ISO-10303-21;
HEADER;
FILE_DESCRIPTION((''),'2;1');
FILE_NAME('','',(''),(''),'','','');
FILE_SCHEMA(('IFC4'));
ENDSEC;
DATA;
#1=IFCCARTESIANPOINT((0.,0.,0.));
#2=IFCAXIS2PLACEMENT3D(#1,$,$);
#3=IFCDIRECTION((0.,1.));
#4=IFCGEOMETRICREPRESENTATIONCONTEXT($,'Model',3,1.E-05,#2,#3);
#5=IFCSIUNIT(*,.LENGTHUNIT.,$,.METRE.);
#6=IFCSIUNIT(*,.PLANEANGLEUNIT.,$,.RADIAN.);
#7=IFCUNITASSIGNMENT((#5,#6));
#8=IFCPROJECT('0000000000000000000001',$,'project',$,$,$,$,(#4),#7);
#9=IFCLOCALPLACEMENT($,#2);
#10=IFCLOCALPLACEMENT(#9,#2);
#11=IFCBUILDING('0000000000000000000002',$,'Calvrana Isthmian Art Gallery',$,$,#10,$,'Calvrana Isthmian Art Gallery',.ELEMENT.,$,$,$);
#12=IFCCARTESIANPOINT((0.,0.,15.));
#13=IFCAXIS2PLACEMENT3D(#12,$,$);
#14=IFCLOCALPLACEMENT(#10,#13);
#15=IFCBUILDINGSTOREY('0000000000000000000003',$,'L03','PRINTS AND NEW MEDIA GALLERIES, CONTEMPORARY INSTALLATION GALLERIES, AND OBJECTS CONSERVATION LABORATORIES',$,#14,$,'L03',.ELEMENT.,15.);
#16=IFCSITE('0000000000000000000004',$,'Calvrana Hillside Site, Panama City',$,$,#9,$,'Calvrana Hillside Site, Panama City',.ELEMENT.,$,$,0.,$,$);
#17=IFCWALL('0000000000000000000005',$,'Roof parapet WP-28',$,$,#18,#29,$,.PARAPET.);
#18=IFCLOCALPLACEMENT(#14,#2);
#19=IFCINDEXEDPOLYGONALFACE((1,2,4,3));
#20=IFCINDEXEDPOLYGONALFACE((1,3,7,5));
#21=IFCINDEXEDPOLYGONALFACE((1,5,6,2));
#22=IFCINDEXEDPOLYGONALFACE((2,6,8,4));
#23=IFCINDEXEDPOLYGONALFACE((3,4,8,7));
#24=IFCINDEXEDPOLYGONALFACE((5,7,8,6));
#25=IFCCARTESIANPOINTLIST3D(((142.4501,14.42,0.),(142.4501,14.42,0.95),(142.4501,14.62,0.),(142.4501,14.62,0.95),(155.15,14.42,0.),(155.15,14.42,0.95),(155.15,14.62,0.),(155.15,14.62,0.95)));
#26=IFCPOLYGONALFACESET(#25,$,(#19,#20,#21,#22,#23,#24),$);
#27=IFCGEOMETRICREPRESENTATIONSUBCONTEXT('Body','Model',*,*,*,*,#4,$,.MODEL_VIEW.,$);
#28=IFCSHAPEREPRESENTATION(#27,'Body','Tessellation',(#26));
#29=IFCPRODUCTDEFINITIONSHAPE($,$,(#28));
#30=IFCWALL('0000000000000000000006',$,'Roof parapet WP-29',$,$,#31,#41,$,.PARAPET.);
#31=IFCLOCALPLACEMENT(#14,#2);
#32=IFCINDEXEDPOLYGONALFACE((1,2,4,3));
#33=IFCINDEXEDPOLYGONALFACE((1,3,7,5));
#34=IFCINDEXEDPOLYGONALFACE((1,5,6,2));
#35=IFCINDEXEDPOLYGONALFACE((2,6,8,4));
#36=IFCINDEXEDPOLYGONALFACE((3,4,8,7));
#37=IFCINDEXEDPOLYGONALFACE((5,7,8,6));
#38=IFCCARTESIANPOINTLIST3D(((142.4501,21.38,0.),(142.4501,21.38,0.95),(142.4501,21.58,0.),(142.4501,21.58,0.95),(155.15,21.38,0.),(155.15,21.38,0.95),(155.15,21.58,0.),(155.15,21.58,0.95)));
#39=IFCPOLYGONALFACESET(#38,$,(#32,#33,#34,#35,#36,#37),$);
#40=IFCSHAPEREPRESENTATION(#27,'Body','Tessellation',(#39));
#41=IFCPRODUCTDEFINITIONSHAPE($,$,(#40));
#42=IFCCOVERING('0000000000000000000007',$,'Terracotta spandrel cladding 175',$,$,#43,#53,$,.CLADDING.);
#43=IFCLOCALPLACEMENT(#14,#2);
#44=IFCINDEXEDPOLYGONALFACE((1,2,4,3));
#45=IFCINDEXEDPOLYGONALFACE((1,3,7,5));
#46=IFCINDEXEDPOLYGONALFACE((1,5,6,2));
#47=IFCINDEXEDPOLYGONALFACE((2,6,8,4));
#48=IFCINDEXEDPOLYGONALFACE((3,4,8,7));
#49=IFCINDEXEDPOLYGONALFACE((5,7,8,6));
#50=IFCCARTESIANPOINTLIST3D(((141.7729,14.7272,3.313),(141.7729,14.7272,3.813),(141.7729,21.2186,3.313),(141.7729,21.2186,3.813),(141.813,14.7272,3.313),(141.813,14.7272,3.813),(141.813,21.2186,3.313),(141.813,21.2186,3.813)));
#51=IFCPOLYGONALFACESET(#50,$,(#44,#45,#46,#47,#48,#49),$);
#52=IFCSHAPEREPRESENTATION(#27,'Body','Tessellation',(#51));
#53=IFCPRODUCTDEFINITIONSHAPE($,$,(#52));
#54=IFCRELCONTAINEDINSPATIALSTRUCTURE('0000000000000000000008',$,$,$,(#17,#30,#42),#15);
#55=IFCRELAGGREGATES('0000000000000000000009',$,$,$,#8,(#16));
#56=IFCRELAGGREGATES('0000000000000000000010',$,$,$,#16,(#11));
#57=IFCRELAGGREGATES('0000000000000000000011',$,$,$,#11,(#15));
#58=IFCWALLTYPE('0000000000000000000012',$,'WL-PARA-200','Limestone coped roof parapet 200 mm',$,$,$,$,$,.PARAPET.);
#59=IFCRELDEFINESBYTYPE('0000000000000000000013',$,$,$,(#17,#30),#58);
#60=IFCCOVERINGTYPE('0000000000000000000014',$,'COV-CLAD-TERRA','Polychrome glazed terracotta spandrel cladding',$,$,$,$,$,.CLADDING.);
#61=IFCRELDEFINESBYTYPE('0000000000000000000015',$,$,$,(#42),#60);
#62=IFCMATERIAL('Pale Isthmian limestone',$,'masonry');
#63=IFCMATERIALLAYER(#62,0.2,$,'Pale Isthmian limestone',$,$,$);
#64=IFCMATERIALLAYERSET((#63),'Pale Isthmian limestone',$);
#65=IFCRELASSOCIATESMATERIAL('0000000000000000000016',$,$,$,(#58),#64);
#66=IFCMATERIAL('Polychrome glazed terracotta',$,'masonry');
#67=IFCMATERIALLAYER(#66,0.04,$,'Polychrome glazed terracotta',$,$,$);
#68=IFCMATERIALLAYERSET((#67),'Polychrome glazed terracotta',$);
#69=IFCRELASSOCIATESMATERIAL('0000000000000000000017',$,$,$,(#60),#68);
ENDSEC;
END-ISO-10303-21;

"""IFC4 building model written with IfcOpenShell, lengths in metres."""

from ifc_helpers import new_model, si_unit, direction, frame, frame_2d, origin, origin_2d, place, context, subcontext, project, spatial, rectangle, extrude, material, layer, layer_set, type_object, element, save


model = new_model("IFC4")

# Units and contexts
model_context = context("Model", 3, precision=1e-05, world=origin(), true_north=direction((0.0, 1.0)))
body_context = subcontext(model_context, "Body", "Model", "MODEL_VIEW")
ifc_project = project(units=[si_unit("LENGTHUNIT", "METRE"), si_unit("PLANEANGLEUNIT", "RADIAN")], contexts=[model_context])

# Site, building, storey
site_placement = place(None, origin())
site = spatial("IfcSite", under=ifc_project, at=site_placement, Name="Calvrana Hillside Site, Panama City", LongName="Calvrana Hillside Site, Panama City", CompositionType="ELEMENT", RefElevation=0.0)
building_placement = place(site_placement, origin())
building = spatial("IfcBuilding", under=site, at=building_placement, Name="Calvrana Isthmian Art Gallery", LongName="Calvrana Isthmian Art Gallery", CompositionType="ELEMENT")
storey_placement = place(building_placement, frame((0.0, 0.0, 15.0)))
storey = spatial("IfcBuildingStorey", under=building, at=storey_placement, Name="L03", Description="PRINTS AND NEW MEDIA GALLERIES, CONTEMPORARY INSTALLATION GALLERIES, AND OBJECTS CONSERVATION LABORATORIES", LongName="L03", CompositionType="ELEMENT", Elevation=15.0)

# Walls
ifc_material_1 = material(Name="Pale Isthmian limestone", Category="masonry")
ifc_layer_1 = layer(ifc_material_1, 0.2, Name="Pale Isthmian limestone")
ifc_layer_set_1 = layer_set([ifc_layer_1], Name="Pale Isthmian limestone")
wall_type_1 = type_object("IfcWallType", Name="WL-PARA-200", Description="Limestone coped roof parapet 200 mm", PredefinedType="PARAPET", material=ifc_layer_set_1)
for number, where, z_axis, x_axis, name in (
    (1, (142.45, 14.52, 0.0), (0.0, 0.0, 1.0), (1.0, 0.0, 0.0), "Roof parapet WP-28"),
    (2, (142.45, 21.48, 0.0), (0.0, 0.0, 1.0), (1.0, 0.0, 0.0), "Roof parapet WP-29"),
):
    element("IfcWall", number, at=place(storey_placement, frame(where, z_axis=z_axis, x_axis=x_axis)), inside=storey, type_object=wall_type_1, Name=name, PredefinedType="PARAPET", context=body_context, shape_type="SweptSolid", body=[
        extrude(rectangle(XDim=12.7, YDim=0.2, at=frame_2d((6.3501, 0.0))), origin(), (0.0, 0.0, 1.0), 0.95),
    ])

# Covering
ifc_material_2 = material(Name="Polychrome glazed terracotta", Category="masonry")
ifc_layer_2 = layer(ifc_material_2, 0.04, Name="Polychrome glazed terracotta")
ifc_layer_set_2 = layer_set([ifc_layer_2], Name="Polychrome glazed terracotta")
covering_type = type_object("IfcCoveringType", Name="COV-CLAD-TERRA", Description="Polychrome glazed terracotta spandrel cladding", PredefinedType="CLADDING", material=ifc_layer_set_2)
covering_placement = place(storey_placement, frame((141.793, 17.9729, 3.313), z_axis=(0.0, 0.0, 1.0), x_axis=(0.0, -1.0, 0.0)))
element("IfcCovering", 3, at=covering_placement, inside=storey, type_object=covering_type, Name="Terracotta spandrel cladding 175", PredefinedType="CLADDING", context=body_context, shape_type="SweptSolid", body=[
    extrude(rectangle(XDim=6.4915, YDim=0.04, at=origin_2d()), origin(), (0.0, 0.0, 1.0), 0.5),
])

save(model, "model.ifc")
